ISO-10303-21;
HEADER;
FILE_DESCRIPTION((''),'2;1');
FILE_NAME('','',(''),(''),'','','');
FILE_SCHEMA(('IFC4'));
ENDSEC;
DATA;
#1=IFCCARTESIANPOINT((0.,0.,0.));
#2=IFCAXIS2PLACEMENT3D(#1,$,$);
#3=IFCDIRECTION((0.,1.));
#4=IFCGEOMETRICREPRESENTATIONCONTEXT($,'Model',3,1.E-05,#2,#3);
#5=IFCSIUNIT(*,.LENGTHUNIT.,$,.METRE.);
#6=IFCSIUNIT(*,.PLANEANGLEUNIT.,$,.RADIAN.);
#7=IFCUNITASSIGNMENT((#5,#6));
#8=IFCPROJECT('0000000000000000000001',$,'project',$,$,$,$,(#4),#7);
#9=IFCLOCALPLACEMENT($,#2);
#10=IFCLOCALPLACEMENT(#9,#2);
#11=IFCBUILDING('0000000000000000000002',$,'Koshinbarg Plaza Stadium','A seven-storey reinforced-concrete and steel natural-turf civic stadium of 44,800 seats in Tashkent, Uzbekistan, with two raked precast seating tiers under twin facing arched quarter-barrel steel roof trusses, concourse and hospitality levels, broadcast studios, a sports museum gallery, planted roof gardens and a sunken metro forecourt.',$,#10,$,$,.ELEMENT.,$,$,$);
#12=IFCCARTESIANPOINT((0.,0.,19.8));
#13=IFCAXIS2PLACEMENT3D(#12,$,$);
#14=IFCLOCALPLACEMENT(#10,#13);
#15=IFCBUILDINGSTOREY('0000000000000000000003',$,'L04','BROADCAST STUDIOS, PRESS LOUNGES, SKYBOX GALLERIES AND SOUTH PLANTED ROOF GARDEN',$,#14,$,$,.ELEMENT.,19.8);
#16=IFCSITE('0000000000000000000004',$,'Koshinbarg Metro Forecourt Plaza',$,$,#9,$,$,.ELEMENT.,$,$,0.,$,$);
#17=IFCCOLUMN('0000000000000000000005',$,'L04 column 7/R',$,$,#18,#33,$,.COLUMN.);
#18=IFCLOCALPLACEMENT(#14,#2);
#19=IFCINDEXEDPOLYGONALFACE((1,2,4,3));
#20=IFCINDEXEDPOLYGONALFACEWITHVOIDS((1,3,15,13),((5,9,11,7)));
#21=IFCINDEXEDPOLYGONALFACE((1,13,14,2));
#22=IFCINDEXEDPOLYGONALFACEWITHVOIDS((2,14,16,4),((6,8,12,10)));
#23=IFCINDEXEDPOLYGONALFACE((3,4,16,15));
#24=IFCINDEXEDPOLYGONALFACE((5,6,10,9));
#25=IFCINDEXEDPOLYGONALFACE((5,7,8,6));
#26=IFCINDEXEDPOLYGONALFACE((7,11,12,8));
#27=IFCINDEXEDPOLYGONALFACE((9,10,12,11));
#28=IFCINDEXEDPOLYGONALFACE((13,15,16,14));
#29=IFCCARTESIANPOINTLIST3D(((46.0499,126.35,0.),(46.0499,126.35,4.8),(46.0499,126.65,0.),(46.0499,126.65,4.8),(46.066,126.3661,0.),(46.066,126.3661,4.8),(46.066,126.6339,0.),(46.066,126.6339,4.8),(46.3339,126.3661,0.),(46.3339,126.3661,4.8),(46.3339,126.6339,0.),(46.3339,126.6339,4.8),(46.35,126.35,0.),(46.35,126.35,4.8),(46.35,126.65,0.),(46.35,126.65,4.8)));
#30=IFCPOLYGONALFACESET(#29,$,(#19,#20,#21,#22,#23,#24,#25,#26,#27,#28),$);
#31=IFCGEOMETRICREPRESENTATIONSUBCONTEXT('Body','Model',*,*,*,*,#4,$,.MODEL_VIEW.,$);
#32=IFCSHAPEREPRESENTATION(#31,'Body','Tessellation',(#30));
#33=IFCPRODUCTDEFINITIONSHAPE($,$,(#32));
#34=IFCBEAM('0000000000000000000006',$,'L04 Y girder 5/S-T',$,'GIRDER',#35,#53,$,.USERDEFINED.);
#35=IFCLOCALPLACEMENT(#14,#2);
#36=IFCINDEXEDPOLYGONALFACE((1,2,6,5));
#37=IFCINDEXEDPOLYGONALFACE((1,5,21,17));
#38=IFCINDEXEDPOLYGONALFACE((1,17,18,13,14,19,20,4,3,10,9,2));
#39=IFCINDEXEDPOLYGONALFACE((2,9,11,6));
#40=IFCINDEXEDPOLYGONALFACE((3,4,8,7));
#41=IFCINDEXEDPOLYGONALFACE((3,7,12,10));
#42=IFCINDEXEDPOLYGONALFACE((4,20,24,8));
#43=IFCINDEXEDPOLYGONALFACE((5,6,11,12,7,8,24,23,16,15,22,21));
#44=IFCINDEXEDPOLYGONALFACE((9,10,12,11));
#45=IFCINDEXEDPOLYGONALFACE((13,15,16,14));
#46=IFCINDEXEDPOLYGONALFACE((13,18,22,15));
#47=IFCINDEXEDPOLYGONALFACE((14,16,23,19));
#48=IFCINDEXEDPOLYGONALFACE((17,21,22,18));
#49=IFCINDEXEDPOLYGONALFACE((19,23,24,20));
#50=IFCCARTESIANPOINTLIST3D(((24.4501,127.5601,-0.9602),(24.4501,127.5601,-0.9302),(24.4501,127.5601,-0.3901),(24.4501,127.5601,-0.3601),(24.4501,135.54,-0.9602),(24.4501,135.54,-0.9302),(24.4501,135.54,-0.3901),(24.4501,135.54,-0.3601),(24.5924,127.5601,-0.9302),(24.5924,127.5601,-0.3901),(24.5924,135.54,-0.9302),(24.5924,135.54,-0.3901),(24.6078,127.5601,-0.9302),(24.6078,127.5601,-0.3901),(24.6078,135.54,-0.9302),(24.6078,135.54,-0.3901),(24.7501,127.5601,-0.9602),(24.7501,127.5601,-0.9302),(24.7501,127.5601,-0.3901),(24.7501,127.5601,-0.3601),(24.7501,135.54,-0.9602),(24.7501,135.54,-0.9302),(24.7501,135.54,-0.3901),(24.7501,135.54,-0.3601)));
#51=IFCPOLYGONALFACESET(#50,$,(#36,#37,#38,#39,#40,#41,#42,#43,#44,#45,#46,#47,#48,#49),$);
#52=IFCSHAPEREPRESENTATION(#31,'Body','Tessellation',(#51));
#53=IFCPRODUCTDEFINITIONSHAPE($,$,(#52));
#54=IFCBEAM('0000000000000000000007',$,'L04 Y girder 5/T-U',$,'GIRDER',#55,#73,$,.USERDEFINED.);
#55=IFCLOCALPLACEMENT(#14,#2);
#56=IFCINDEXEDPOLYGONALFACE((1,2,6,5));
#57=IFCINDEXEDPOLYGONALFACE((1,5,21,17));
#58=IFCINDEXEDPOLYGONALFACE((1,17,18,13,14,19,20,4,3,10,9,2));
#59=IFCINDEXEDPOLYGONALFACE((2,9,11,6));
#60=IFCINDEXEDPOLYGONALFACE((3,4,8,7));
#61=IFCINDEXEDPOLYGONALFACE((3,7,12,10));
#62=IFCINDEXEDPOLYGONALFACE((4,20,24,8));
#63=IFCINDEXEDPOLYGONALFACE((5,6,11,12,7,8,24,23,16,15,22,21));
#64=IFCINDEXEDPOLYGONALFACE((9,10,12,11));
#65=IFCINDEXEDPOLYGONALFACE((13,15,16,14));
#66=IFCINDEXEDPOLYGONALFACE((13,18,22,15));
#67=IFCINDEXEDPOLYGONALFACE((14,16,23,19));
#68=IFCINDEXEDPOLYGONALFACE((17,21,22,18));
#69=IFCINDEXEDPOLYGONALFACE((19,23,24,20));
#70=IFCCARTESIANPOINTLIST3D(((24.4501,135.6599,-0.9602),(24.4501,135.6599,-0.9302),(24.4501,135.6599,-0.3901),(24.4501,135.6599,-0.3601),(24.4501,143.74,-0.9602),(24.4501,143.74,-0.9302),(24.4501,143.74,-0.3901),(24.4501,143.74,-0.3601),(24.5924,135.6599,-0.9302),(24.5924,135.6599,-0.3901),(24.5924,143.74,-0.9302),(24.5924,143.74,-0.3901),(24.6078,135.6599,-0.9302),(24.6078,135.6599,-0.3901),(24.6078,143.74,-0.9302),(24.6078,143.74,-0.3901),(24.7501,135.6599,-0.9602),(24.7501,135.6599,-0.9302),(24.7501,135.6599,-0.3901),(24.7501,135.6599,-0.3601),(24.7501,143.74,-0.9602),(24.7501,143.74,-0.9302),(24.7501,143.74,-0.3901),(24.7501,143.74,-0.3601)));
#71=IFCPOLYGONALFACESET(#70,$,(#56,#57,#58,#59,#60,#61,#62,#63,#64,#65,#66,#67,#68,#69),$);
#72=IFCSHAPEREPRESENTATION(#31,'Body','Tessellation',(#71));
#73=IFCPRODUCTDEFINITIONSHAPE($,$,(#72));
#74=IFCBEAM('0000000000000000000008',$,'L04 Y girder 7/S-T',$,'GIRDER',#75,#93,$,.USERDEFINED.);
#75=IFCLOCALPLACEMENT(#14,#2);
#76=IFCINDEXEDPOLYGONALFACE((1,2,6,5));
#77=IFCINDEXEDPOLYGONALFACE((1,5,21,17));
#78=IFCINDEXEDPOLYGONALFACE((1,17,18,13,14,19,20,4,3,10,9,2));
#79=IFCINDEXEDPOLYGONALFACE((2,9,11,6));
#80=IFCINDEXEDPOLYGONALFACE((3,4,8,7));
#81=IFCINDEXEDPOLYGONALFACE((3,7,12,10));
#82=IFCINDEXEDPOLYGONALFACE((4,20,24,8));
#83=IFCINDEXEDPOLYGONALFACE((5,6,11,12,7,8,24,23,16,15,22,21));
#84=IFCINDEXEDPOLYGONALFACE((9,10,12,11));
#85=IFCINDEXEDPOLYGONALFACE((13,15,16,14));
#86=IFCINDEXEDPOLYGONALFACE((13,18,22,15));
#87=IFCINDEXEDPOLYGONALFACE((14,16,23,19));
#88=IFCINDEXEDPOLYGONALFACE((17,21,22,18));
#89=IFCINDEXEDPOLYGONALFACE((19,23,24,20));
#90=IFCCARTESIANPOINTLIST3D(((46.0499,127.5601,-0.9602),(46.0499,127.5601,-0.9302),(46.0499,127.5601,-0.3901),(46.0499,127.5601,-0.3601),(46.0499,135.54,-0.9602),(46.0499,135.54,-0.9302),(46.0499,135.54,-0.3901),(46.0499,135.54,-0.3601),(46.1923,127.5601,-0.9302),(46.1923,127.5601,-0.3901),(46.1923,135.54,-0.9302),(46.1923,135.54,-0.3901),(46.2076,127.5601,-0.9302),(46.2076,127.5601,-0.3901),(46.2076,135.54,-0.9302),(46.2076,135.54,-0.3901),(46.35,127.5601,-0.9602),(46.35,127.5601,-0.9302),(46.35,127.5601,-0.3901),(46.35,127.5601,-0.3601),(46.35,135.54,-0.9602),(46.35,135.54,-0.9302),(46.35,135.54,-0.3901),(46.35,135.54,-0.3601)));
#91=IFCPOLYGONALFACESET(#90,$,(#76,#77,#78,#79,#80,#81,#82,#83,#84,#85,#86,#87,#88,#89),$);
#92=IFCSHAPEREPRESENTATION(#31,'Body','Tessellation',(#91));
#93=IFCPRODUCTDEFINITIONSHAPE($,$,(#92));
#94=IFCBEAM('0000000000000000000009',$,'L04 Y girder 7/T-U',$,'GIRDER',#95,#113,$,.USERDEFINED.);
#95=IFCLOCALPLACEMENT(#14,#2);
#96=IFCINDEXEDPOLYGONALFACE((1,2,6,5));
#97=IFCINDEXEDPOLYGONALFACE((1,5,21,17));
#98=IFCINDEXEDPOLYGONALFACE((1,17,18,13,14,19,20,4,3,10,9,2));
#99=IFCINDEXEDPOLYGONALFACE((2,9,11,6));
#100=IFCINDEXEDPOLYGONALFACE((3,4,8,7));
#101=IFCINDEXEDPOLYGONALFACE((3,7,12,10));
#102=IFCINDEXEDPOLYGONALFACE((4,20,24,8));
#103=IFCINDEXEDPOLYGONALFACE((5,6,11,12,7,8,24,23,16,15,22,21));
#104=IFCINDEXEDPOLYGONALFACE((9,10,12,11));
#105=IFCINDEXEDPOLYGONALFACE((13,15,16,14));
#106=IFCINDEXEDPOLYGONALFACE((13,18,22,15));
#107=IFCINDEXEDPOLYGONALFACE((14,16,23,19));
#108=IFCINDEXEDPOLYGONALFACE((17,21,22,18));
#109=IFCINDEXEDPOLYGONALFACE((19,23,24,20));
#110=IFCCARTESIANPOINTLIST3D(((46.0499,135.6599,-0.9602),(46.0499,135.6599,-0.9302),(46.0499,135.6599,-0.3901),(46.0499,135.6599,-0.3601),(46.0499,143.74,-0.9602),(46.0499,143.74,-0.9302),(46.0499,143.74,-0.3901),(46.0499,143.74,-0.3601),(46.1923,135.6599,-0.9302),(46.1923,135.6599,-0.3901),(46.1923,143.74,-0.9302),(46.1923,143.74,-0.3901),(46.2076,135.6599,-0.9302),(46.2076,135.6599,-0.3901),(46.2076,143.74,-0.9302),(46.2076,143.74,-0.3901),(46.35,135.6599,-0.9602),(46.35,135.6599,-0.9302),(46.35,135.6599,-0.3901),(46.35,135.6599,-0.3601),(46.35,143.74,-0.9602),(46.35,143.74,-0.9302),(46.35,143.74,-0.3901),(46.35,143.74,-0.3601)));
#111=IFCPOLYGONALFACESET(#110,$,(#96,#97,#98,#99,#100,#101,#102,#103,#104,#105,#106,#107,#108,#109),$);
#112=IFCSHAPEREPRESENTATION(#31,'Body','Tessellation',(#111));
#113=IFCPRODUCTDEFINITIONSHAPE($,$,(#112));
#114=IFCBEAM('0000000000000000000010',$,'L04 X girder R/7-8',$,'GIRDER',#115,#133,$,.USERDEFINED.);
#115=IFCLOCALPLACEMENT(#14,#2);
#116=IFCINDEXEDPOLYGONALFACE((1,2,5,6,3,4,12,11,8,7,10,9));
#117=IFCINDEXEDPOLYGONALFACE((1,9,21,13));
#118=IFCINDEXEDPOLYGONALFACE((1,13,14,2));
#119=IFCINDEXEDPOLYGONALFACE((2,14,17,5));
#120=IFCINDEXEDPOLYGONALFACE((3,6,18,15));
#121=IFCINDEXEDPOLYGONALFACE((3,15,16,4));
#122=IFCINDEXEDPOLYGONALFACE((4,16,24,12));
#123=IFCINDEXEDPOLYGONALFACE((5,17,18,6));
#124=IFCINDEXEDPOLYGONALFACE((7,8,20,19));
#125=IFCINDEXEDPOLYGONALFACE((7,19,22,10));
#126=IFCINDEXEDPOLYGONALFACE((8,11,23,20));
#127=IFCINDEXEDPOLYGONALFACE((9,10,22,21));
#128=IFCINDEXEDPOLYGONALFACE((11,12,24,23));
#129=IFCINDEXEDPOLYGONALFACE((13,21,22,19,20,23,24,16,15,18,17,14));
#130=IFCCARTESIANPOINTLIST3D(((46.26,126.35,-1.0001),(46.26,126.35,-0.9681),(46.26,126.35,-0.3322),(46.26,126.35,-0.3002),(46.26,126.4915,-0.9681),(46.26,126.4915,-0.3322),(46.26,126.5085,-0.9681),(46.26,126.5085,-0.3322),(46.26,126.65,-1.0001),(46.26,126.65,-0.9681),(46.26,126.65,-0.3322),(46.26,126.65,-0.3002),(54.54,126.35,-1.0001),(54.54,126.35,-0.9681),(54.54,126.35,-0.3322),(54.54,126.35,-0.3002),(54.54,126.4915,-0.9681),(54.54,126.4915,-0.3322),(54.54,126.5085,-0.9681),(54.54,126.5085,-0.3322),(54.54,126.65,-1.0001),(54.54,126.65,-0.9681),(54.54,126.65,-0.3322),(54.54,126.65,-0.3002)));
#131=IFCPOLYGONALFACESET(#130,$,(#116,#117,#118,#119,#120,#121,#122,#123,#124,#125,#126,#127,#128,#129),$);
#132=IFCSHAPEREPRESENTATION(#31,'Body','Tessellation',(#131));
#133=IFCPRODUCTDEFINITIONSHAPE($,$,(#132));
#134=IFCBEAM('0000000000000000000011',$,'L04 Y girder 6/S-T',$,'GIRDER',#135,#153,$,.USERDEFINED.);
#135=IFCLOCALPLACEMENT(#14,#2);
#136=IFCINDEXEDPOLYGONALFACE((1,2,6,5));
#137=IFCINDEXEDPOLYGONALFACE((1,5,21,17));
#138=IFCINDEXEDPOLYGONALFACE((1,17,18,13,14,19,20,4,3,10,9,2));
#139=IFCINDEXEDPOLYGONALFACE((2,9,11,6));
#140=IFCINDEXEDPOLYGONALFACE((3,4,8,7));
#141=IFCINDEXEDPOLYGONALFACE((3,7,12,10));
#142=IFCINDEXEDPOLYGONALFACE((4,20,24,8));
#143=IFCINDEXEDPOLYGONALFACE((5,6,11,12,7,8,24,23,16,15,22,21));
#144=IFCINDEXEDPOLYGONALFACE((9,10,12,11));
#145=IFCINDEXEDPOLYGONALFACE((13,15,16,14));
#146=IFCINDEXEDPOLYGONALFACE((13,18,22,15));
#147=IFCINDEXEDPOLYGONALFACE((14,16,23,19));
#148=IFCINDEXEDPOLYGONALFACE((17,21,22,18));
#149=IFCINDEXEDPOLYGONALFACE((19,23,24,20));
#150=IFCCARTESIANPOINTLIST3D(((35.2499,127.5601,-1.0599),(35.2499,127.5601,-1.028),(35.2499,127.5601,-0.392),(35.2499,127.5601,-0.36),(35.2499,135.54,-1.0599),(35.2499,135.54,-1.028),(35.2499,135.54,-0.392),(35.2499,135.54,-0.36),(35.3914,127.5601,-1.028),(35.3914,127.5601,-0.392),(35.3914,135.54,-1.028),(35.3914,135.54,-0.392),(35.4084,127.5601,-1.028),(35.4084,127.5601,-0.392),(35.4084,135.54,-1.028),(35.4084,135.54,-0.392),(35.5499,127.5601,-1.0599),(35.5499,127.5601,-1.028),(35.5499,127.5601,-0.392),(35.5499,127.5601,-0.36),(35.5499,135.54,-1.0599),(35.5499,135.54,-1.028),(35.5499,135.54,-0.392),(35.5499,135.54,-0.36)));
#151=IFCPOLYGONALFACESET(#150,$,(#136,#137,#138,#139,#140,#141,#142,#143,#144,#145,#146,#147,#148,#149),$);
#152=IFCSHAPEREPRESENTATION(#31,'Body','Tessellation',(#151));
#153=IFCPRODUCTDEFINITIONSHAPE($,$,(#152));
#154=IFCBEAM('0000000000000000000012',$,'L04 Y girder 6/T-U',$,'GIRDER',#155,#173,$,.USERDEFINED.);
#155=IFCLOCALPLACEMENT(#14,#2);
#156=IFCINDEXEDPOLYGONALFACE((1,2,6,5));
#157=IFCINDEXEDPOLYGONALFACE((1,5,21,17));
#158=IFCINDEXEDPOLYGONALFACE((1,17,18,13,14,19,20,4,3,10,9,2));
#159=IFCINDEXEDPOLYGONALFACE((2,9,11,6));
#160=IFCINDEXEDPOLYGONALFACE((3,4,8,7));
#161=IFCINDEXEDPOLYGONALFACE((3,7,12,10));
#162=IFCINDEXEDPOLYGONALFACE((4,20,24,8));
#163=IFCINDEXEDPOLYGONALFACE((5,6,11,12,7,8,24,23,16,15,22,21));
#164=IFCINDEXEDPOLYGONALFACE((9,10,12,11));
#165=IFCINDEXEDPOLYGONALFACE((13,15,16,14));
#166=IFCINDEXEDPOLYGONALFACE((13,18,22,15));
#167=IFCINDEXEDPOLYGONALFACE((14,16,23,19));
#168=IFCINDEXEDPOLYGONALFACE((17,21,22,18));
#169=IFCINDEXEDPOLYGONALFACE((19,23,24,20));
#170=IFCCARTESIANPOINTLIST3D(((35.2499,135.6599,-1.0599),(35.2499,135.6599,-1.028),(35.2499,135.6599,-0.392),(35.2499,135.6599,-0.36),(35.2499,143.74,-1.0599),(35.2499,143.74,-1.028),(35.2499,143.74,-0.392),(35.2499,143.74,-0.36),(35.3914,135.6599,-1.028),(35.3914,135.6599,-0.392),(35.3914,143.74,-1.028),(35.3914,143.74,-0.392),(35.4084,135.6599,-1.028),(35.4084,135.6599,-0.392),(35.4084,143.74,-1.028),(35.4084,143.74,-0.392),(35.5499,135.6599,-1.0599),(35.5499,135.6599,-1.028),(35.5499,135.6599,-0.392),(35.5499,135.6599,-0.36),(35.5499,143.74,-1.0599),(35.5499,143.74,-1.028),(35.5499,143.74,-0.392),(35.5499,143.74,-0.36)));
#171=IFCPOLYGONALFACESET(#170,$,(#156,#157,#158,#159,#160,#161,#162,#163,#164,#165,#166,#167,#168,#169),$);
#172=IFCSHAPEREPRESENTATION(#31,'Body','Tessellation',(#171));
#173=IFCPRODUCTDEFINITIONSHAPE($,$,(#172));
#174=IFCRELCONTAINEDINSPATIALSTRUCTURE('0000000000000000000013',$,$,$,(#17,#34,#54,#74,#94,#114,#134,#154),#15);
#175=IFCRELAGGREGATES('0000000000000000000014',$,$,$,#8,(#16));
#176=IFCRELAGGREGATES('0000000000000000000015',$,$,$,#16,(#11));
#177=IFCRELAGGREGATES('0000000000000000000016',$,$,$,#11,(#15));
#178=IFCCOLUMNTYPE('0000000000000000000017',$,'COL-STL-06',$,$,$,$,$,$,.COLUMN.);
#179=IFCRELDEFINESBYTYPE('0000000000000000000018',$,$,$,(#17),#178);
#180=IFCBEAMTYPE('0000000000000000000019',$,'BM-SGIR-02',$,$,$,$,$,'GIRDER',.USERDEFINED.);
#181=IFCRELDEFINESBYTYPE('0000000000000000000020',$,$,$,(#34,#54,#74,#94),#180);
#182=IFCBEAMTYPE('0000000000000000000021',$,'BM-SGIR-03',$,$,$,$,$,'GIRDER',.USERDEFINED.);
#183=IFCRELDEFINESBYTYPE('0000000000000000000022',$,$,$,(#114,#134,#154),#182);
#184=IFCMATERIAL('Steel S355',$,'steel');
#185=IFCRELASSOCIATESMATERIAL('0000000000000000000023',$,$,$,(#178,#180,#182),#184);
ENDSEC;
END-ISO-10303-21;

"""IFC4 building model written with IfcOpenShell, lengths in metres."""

from ifc_helpers import new_model, si_unit, direction, frame, origin, origin_2d, place, context, subcontext, project, spatial, hollow_rectangle, i_section, extrude, material, material_profile, profile_set, type_object, element, save


model = new_model("IFC4")

# Units and contexts
model_context = context("Model", 3, precision=1e-05, world=origin(), true_north=direction((0.0, 1.0)))
body_context = subcontext(model_context, "Body", "Model", "MODEL_VIEW")
ifc_project = project(units=[si_unit("LENGTHUNIT", "METRE"), si_unit("PLANEANGLEUNIT", "RADIAN")], contexts=[model_context])

# Site, building, storey
site_placement = place(None, origin())
site = spatial("IfcSite", under=ifc_project, at=site_placement, Name="Koshinbarg Metro Forecourt Plaza", CompositionType="ELEMENT", RefElevation=0.0)
building_placement = place(site_placement, origin())
building = spatial("IfcBuilding", under=site, at=building_placement, Name="Koshinbarg Plaza Stadium", Description="A seven-storey reinforced-concrete and steel natural-turf civic stadium of 44,800 seats in Tashkent, Uzbekistan, with two raked precast seating tiers under twin facing arched quarter-barrel steel roof trusses, concourse and hospitality levels, broadcast studios, a sports museum gallery, planted roof gardens and a sunken metro forecourt.", CompositionType="ELEMENT")
storey_placement = place(building_placement, frame((0.0, 0.0, 19.8)))
storey = spatial("IfcBuildingStorey", under=building, at=storey_placement, Name="L04", Description="BROADCAST STUDIOS, PRESS LOUNGES, SKYBOX GALLERIES AND SOUTH PLANTED ROOF GARDEN", CompositionType="ELEMENT", Elevation=19.8)

# Column
ifc_material_1 = material(Name="Steel S355", Category="steel")
ifc_material_profile_1 = material_profile(ifc_material_1, hollow_rectangle(XDim=0.3, YDim=0.3, WallThickness=0.0161, at=origin_2d()), Name="SHS 300x300x16")
ifc_profile_set_1 = profile_set([ifc_material_profile_1], Name="Steel S355")
column_type = type_object("IfcColumnType", Name="COL-STL-06", PredefinedType="COLUMN", material=ifc_profile_set_1)
column_placement = place(storey_placement, frame((46.2, 126.5, 0.0), z_axis=(0.0, 0.0, 1.0), x_axis=(1.0, 0.0, 0.0)))
element("IfcColumn", 1, at=column_placement, inside=storey, type_object=column_type, Name="L04 column 7/R", PredefinedType="COLUMN", context=body_context, shape_type="SweptSolid", body=[
    extrude(hollow_rectangle(XDim=0.3, YDim=0.3, WallThickness=0.0161, at=origin_2d()), origin(), (0.0, 0.0, 1.0), 4.8),
])

# Beams
ifc_material_profile_2 = material_profile(ifc_material_1, i_section(OverallWidth=0.3, OverallDepth=0.6001, WebThickness=0.0154, FlangeThickness=0.03, at=origin_2d()), Name="HEB 600")
ifc_profile_set_2 = profile_set([ifc_material_profile_2], Name="Steel S355")
beam_type_1 = type_object("IfcBeamType", Name="BM-SGIR-02", ElementType="GIRDER", PredefinedType="USERDEFINED", material=ifc_profile_set_2)
beam_1_placement = place(storey_placement, frame((24.6001, 127.5601, -0.6602), z_axis=(0.0, 1.0, 0.0), x_axis=(-1.0, 0.0, 0.0)))
element("IfcBeam", 2, at=beam_1_placement, inside=storey, type_object=beam_type_1, Name="L04 Y girder 5/S-T", ObjectType="GIRDER", PredefinedType="USERDEFINED", context=body_context, shape_type="SweptSolid", body=[
    extrude(i_section(OverallWidth=0.3, OverallDepth=0.6001, WebThickness=0.0154, FlangeThickness=0.03, at=origin_2d()), origin(), (0.0, 0.0, 1.0), 7.98),
])
beam_2_placement = place(storey_placement, frame((24.6001, 135.6599, -0.6602), z_axis=(0.0, 1.0, 0.0), x_axis=(-1.0, 0.0, 0.0)))
element("IfcBeam", 3, at=beam_2_placement, inside=storey, type_object=beam_type_1, Name="L04 Y girder 5/T-U", ObjectType="GIRDER", PredefinedType="USERDEFINED", context=body_context, shape_type="SweptSolid", body=[
    extrude(i_section(OverallWidth=0.3, OverallDepth=0.6001, WebThickness=0.0154, FlangeThickness=0.03, at=origin_2d()), origin(), (0.0, 0.0, 1.0), 8.0801),
])
beam_3_placement = place(storey_placement, frame((46.2, 127.5601, -0.6602), z_axis=(0.0, 1.0, 0.0), x_axis=(-1.0, 0.0, 0.0)))
element("IfcBeam", 4, at=beam_3_placement, inside=storey, type_object=beam_type_1, Name="L04 Y girder 7/S-T", ObjectType="GIRDER", PredefinedType="USERDEFINED", context=body_context, shape_type="SweptSolid", body=[
    extrude(i_section(OverallWidth=0.3, OverallDepth=0.6001, WebThickness=0.0154, FlangeThickness=0.03, at=origin_2d()), origin(), (0.0, 0.0, 1.0), 7.98),
])
beam_4_placement = place(storey_placement, frame((46.2, 135.6599, -0.6602), z_axis=(0.0, 1.0, 0.0), x_axis=(-1.0, 0.0, 0.0)))
element("IfcBeam", 5, at=beam_4_placement, inside=storey, type_object=beam_type_1, Name="L04 Y girder 7/T-U", ObjectType="GIRDER", PredefinedType="USERDEFINED", context=body_context, shape_type="SweptSolid", body=[
    extrude(i_section(OverallWidth=0.3, OverallDepth=0.6001, WebThickness=0.0154, FlangeThickness=0.03, at=origin_2d()), origin(), (0.0, 0.0, 1.0), 8.0801),
])
ifc_material_profile_3 = material_profile(ifc_material_1, i_section(OverallWidth=0.3, OverallDepth=0.7, WebThickness=0.0171, FlangeThickness=0.032, at=origin_2d()), Name="HEB 700")
ifc_profile_set_3 = profile_set([ifc_material_profile_3], Name="Steel S355")
beam_type_2 = type_object("IfcBeamType", Name="BM-SGIR-03", ElementType="GIRDER", PredefinedType="USERDEFINED", material=ifc_profile_set_3)
beam_5_placement = place(storey_placement, frame((46.26, 126.5, -0.6501), z_axis=(1.0, 0.0, 0.0), x_axis=(0.0, 1.0, 0.0)))
element("IfcBeam", 6, at=beam_5_placement, inside=storey, type_object=beam_type_2, Name="L04 X girder R/7-8", ObjectType="GIRDER", PredefinedType="USERDEFINED", context=body_context, shape_type="SweptSolid", body=[
    extrude(i_section(OverallWidth=0.3, OverallDepth=0.7, WebThickness=0.0171, FlangeThickness=0.032, at=origin_2d()), origin(), (0.0, 0.0, 1.0), 8.28),
])
beam_6_placement = place(storey_placement, frame((35.3999, 127.5601, -0.71), z_axis=(0.0, 1.0, 0.0), x_axis=(-1.0, 0.0, 0.0)))
element("IfcBeam", 7, at=beam_6_placement, inside=storey, type_object=beam_type_2, Name="L04 Y girder 6/S-T", ObjectType="GIRDER", PredefinedType="USERDEFINED", context=body_context, shape_type="SweptSolid", body=[
    extrude(i_section(OverallWidth=0.3, OverallDepth=0.7, WebThickness=0.0171, FlangeThickness=0.032, at=origin_2d()), origin(), (0.0, 0.0, 1.0), 7.98),
])
beam_7_placement = place(storey_placement, frame((35.3999, 135.6599, -0.71), z_axis=(0.0, 1.0, 0.0), x_axis=(-1.0, 0.0, 0.0)))
element("IfcBeam", 8, at=beam_7_placement, inside=storey, type_object=beam_type_2, Name="L04 Y girder 6/T-U", ObjectType="GIRDER", PredefinedType="USERDEFINED", context=body_context, shape_type="SweptSolid", body=[
    extrude(i_section(OverallWidth=0.3, OverallDepth=0.7, WebThickness=0.0171, FlangeThickness=0.032, at=origin_2d()), origin(), (0.0, 0.0, 1.0), 8.0801),
])

save(model, "model.ifc")
